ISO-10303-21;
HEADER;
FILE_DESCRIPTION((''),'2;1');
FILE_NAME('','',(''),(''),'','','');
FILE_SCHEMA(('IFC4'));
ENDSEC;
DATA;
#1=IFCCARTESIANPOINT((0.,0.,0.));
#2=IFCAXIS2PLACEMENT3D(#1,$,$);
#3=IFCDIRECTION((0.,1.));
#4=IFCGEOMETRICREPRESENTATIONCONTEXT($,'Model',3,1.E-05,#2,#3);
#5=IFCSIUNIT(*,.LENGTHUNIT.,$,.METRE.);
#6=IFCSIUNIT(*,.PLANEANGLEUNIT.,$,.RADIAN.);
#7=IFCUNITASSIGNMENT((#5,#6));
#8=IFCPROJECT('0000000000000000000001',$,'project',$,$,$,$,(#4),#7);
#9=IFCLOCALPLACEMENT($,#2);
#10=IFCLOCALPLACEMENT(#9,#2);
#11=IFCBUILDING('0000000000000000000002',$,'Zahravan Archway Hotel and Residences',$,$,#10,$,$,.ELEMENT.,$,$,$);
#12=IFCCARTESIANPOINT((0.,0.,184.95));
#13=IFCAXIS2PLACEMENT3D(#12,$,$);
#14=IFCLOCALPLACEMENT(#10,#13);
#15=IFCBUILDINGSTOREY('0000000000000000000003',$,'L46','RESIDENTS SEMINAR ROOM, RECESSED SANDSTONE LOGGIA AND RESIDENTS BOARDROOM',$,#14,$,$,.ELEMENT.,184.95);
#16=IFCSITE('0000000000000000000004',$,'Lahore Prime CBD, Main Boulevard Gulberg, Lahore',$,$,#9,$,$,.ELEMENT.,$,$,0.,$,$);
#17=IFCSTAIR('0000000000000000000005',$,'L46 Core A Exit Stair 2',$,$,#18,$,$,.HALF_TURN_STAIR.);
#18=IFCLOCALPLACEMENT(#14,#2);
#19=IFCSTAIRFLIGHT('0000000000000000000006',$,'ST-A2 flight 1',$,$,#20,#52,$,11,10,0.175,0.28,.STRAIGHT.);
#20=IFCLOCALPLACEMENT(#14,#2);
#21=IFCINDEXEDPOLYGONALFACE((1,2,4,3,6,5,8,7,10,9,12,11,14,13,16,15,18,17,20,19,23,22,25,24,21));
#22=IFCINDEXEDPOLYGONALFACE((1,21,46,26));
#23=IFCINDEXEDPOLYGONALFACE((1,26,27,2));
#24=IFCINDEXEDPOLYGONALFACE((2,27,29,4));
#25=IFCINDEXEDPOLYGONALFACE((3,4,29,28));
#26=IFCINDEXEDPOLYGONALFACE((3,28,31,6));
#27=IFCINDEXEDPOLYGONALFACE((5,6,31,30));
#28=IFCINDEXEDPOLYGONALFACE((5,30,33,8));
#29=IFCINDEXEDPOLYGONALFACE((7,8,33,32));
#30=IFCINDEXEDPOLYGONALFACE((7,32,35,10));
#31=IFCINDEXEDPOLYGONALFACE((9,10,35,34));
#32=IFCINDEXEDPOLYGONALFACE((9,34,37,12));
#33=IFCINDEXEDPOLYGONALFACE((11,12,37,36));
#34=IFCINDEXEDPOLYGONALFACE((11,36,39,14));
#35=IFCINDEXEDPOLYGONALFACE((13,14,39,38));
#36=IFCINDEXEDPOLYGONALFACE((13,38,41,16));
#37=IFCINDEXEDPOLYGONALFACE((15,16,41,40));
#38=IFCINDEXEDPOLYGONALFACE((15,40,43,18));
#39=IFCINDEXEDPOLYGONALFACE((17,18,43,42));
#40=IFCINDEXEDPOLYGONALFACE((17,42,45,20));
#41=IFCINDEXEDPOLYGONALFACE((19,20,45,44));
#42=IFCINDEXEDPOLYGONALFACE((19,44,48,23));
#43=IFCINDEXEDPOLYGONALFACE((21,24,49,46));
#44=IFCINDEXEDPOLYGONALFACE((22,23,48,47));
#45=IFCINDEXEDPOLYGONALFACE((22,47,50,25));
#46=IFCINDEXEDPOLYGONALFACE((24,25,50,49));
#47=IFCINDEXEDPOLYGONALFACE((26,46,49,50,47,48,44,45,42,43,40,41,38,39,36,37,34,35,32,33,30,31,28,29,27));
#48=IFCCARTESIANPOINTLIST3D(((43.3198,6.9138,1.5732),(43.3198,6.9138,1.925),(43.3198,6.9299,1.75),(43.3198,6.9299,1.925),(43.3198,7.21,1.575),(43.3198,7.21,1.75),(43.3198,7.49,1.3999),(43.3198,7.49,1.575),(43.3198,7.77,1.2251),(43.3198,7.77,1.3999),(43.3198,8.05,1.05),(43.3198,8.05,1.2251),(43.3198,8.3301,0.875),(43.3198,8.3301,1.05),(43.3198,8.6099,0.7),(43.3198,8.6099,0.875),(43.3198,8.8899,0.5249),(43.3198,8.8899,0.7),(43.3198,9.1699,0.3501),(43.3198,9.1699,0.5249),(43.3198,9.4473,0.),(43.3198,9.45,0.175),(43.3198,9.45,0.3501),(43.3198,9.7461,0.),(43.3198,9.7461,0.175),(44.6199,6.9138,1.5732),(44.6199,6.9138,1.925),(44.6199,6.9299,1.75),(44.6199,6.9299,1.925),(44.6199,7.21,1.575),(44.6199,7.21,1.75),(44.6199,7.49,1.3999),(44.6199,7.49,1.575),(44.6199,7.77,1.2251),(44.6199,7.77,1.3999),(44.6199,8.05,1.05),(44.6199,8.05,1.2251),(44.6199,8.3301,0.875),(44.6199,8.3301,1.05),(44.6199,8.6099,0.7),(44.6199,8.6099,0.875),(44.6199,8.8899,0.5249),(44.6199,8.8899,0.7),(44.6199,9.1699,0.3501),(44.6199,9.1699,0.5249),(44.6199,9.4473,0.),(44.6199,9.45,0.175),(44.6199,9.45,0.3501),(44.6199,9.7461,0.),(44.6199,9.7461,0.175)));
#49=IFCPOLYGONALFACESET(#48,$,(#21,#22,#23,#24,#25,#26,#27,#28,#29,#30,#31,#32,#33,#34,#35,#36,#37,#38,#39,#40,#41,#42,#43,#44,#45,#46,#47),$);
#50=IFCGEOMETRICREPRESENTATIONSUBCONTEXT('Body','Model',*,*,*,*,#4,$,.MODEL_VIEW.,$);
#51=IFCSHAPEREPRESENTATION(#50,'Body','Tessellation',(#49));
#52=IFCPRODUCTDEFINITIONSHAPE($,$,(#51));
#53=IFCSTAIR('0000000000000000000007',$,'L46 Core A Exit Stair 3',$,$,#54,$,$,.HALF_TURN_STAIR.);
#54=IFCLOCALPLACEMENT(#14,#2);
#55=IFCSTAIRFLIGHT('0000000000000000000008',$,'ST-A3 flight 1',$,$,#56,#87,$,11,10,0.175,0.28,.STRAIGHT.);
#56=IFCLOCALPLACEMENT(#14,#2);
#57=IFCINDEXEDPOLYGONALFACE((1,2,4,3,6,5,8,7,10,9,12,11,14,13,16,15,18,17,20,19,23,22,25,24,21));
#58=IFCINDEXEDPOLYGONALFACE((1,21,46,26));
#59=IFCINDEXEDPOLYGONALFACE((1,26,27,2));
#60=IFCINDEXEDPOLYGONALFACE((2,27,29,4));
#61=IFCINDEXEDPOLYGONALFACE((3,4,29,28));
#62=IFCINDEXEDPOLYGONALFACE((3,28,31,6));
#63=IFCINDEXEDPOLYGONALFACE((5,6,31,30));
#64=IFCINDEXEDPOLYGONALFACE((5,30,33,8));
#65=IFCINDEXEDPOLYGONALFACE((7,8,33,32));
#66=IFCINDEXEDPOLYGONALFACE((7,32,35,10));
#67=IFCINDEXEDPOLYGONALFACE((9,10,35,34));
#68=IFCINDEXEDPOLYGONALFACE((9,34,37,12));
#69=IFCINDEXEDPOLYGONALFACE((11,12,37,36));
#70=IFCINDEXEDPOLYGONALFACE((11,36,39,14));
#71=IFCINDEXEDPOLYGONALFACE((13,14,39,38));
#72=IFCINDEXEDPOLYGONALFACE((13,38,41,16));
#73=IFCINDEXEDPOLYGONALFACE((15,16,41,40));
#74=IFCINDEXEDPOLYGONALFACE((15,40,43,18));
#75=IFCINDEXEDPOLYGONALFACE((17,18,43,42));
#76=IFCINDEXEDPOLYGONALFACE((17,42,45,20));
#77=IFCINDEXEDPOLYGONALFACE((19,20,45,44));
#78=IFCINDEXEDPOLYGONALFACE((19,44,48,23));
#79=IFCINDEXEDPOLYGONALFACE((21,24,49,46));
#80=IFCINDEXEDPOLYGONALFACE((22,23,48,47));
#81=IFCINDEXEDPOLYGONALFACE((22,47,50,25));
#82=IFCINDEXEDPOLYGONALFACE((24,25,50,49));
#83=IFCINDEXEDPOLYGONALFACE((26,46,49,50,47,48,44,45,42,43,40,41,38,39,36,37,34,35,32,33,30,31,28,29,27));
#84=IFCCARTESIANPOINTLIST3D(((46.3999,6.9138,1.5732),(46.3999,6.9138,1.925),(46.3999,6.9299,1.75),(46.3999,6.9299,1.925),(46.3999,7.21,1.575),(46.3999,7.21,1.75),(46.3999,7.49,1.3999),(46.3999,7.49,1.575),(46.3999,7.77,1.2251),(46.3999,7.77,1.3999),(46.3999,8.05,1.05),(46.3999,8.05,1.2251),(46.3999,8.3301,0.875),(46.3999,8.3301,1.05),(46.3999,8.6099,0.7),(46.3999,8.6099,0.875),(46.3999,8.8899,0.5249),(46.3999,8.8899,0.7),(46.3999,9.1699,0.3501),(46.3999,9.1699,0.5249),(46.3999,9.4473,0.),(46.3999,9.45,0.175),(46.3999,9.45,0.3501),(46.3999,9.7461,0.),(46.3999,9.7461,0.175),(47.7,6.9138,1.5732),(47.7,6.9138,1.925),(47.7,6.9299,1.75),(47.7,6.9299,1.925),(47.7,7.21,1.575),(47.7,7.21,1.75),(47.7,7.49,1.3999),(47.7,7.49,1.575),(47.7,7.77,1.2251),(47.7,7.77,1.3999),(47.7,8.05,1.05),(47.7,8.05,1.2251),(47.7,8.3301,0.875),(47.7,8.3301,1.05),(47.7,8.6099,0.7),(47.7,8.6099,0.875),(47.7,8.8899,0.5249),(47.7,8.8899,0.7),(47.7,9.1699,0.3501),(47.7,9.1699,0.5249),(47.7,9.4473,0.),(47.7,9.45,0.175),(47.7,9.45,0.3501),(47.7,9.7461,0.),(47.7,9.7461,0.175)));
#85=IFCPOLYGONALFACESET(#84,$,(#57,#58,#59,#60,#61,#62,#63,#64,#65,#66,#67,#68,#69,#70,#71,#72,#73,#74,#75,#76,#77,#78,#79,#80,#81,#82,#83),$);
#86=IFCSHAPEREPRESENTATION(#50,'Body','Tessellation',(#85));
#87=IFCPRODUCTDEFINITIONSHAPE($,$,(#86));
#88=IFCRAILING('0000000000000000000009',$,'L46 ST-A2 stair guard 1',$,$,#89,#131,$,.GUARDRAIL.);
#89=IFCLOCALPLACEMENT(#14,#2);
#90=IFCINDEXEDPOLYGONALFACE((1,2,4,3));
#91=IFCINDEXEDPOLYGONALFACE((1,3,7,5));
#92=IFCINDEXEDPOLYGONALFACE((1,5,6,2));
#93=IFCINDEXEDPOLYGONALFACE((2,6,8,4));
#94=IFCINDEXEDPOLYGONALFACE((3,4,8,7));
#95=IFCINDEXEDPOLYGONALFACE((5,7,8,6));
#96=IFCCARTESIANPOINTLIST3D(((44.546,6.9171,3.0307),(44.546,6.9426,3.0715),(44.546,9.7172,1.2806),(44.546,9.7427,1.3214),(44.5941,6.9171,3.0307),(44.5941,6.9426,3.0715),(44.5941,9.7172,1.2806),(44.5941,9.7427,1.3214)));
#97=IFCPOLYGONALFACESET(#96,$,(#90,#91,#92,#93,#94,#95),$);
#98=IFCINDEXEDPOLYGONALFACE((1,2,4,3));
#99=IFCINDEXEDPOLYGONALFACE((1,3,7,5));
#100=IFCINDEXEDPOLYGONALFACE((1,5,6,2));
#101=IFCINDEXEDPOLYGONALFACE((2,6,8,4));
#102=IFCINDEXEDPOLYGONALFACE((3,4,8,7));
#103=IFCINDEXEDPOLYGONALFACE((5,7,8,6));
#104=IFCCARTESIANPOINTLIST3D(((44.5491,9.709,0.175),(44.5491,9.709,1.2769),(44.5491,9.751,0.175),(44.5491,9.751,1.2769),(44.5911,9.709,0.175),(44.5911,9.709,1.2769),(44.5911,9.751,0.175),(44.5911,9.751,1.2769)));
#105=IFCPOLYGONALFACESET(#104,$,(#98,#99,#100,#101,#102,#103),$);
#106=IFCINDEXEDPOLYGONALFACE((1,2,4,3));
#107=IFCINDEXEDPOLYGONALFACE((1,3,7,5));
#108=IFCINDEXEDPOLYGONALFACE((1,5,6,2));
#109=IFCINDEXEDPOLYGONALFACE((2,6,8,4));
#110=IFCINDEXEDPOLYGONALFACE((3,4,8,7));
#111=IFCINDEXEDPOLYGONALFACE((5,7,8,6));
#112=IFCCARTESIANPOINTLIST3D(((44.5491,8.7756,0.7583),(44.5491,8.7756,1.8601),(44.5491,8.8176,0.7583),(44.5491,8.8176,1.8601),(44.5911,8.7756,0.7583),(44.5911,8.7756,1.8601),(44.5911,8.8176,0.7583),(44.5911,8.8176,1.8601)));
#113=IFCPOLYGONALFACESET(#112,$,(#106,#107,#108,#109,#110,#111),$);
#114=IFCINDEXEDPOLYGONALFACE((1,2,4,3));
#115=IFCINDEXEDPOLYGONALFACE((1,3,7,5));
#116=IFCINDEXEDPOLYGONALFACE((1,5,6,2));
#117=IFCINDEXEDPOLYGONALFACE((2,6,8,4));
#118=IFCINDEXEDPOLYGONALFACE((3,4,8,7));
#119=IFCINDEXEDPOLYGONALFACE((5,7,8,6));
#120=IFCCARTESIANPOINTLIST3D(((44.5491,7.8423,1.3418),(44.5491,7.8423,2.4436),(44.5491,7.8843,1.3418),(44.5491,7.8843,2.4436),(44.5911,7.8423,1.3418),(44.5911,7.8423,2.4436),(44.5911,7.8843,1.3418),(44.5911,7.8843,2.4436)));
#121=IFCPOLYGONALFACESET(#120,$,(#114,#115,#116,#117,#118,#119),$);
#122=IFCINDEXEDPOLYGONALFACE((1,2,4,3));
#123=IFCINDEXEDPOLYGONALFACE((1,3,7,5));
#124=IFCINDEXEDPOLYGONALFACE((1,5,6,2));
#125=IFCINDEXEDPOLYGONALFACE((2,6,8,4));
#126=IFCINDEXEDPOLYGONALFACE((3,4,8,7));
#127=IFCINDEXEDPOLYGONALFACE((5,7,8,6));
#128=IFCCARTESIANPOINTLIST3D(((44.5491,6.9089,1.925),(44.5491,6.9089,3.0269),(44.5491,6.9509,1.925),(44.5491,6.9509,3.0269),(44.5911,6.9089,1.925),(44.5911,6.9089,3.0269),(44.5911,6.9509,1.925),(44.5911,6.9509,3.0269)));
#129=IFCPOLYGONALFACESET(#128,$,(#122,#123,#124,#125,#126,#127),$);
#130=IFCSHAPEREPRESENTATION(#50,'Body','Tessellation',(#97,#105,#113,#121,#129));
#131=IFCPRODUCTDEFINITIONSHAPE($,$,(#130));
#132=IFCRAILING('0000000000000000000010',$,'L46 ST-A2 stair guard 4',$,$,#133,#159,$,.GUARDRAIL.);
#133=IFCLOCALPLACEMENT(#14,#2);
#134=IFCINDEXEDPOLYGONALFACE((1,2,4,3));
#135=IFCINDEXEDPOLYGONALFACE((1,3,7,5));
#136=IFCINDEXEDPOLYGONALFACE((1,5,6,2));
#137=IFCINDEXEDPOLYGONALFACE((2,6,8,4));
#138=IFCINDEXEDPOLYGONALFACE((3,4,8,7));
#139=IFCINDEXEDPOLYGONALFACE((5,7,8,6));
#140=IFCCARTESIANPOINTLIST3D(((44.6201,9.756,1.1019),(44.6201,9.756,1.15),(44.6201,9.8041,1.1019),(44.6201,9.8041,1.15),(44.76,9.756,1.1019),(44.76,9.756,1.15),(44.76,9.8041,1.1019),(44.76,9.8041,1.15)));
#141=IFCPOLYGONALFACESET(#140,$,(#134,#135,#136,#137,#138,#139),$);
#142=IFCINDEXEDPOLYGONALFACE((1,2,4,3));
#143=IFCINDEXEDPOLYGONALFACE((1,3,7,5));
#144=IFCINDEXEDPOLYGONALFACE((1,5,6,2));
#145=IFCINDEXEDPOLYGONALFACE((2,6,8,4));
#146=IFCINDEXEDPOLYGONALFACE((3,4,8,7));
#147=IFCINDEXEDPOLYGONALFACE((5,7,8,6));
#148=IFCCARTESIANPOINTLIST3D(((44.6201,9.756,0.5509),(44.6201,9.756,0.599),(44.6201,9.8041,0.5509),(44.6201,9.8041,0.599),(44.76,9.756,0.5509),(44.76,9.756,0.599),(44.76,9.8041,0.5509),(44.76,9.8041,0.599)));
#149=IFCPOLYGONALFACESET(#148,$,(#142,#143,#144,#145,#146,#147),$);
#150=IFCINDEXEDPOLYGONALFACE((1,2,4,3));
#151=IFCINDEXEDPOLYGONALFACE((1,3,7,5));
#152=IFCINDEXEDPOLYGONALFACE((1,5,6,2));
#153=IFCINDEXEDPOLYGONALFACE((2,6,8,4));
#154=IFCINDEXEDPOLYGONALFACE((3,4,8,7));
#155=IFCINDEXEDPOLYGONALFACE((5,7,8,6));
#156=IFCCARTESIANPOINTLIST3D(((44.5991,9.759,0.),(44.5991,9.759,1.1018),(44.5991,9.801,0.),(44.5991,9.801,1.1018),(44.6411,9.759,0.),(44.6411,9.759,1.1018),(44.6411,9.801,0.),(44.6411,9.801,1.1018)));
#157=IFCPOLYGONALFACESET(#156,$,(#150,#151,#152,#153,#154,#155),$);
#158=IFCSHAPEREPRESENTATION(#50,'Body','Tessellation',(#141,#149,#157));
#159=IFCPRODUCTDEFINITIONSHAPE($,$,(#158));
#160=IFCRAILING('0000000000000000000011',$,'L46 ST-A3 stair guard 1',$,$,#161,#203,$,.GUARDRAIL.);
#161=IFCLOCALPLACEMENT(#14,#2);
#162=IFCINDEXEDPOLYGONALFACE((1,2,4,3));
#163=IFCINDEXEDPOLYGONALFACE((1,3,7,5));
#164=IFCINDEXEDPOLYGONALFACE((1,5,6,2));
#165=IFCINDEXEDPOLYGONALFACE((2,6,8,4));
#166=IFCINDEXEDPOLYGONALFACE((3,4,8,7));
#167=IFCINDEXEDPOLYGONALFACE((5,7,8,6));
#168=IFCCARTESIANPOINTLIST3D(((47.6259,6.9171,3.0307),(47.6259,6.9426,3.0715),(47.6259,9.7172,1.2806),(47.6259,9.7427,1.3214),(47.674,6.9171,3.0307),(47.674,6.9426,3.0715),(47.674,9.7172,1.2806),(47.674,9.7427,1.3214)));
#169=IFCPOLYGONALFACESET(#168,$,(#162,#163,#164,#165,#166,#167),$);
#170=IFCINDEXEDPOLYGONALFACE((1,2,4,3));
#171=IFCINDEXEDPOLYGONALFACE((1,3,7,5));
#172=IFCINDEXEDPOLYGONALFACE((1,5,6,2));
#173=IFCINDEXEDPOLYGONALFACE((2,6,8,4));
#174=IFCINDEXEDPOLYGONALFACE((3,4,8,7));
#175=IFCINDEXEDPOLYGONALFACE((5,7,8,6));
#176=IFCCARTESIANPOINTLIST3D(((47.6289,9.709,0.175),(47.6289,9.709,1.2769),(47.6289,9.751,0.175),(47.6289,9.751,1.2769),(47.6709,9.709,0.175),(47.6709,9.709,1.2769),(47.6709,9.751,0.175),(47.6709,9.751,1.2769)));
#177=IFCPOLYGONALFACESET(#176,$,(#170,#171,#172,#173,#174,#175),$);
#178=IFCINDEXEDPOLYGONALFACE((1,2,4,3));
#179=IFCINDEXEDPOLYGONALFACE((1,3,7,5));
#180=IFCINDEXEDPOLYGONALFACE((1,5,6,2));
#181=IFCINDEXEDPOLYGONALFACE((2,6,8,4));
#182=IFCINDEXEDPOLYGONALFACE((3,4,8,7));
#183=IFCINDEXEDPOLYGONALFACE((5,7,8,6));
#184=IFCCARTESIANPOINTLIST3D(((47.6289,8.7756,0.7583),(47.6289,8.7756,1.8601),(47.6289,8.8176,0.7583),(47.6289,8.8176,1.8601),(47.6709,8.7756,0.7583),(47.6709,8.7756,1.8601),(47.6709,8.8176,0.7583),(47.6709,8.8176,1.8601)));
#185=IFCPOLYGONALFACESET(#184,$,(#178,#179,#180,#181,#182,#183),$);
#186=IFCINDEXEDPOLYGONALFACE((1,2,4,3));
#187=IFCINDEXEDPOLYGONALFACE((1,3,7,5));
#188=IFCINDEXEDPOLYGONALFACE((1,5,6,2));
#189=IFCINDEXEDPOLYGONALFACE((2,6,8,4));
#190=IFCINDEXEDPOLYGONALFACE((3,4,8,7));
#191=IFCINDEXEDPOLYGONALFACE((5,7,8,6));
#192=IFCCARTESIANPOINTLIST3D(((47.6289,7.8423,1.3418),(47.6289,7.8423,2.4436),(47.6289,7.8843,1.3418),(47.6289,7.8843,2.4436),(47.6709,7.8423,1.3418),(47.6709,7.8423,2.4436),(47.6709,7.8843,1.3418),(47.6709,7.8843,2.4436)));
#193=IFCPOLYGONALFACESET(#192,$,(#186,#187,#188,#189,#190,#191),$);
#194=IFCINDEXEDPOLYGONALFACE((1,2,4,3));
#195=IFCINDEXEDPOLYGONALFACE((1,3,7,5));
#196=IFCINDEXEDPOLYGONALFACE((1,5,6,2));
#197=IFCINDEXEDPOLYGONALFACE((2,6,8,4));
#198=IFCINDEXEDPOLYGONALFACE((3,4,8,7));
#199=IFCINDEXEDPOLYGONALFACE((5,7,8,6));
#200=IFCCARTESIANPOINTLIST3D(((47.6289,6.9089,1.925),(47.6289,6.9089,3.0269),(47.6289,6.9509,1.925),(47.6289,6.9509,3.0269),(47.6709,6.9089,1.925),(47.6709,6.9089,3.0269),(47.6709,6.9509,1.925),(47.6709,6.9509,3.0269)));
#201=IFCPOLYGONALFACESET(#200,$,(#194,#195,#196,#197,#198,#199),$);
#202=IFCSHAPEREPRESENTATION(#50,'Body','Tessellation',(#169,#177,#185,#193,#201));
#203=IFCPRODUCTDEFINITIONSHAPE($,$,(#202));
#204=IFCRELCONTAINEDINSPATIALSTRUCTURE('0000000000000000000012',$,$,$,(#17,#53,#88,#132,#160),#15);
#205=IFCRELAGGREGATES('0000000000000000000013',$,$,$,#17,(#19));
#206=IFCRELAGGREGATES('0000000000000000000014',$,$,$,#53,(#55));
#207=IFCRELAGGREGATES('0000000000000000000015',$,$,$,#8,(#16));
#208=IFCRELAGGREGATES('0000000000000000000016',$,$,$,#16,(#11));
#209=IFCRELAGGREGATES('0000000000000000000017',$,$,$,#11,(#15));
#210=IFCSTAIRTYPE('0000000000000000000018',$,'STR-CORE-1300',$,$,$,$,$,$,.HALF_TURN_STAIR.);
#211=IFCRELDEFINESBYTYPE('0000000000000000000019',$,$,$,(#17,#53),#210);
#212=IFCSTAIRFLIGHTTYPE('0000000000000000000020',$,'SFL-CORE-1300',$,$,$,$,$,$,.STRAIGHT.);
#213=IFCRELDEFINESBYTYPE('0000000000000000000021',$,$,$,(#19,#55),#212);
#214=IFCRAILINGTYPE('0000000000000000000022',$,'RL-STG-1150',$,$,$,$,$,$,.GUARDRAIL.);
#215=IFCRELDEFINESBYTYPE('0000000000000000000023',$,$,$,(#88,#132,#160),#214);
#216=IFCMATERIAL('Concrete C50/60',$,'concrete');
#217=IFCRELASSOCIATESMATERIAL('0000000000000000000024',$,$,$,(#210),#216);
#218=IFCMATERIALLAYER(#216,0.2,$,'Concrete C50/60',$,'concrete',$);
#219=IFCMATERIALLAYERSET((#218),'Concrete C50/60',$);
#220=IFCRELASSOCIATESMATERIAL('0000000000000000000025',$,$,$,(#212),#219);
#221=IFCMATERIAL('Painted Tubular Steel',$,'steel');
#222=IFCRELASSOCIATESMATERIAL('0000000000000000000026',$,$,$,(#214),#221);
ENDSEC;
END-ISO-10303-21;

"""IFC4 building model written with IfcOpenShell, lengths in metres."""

from ifc_helpers import new_model, si_unit, direction, frame, origin, origin_2d, place, context, subcontext, project, spatial, polyline, rectangle, outline, extrude, source, transform, mapped, material, layer, layer_set, type_object, element, aggregate, save


model = new_model("IFC4")

# Units and contexts
model_context = context("Model", 3, precision=1e-05, world=origin(), true_north=direction((0.0, 1.0)))
body_context = subcontext(model_context, "Body", "Model", "MODEL_VIEW")
ifc_project = project(units=[si_unit("LENGTHUNIT", "METRE"), si_unit("PLANEANGLEUNIT", "RADIAN")], contexts=[model_context])

# Site, building, storey
site_placement = place(None, origin())
site = spatial("IfcSite", under=ifc_project, at=site_placement, Name="Lahore Prime CBD, Main Boulevard Gulberg, Lahore", CompositionType="ELEMENT", RefElevation=0.0)
building_placement = place(site_placement, origin())
building = spatial("IfcBuilding", under=site, at=building_placement, Name="Zahravan Archway Hotel and Residences", CompositionType="ELEMENT")
storey_placement = place(building_placement, frame((0.0, 0.0, 184.95)))
storey = spatial("IfcBuildingStorey", under=building, at=storey_placement, Name="L46", Description="RESIDENTS SEMINAR ROOM, RECESSED SANDSTONE LOGGIA AND RESIDENTS BOARDROOM", CompositionType="ELEMENT", Elevation=184.95)

# Shared definitions
ifc_material_1 = material(Name="Concrete C50/60", Category="concrete")

# Stairs, stair flights
stair_type = type_object("IfcStairType", Name="STR-CORE-1300", PredefinedType="HALF_TURN_STAIR", material=ifc_material_1)
stair_1_placement = place(storey_placement, origin())
stair_1 = element("IfcStair", 1, at=stair_1_placement, inside=storey, type_object=stair_type, Name="L46 Core A Exit Stair 2", PredefinedType="HALF_TURN_STAIR")
ifc_layer_1 = layer(ifc_material_1, 0.2, Name="Concrete C50/60", Category="concrete")
ifc_layer_set_1 = layer_set([ifc_layer_1], Name="Concrete C50/60")
stair_flight_type = type_object("IfcStairFlightType", Name="SFL-CORE-1300", PredefinedType="STRAIGHT", material=ifc_layer_set_1)
shared_shape_1 = source(origin(), body_context, "Body", "SweptSolid", [
    extrude(outline(polyline([(-0.0161, 0.0), (-0.0161, 0.175), (0.28, 0.175), (0.28, 0.3501), (0.5601, 0.3501), (0.5601, 0.5249), (0.8401, 0.5249), (0.8401, 0.7), (1.1201, 0.7), (1.1201, 0.875), (1.3999, 0.875), (1.3999, 1.05), (1.6799, 1.05), (1.6799, 1.2251), (1.96, 1.2251), (1.96, 1.3999), (2.24, 1.3999), (2.24, 1.575), (2.52, 1.575), (2.52, 1.75), (2.8, 1.75), (2.8, 1.925), (2.8162, 1.925), (2.8162, 1.5732), (0.2827, 0.0), (-0.0161, 0.0)])), frame((0.0, 0.6499, 0.0), z_axis=(0.0, -1.0, 0.0), x_axis=(1.0, 0.0, 0.0)), (0.0, 0.0, 1.0), 1.3),
])
stair_flight_1_placement = place(storey_placement, frame((43.97, 9.73, 0.0), z_axis=(0.0, 0.0, 1.0), x_axis=(0.0, -1.0, 0.0)))
stair_flight_1 = element("IfcStairFlight", 2, at=stair_flight_1_placement, type_object=stair_flight_type, Name="ST-A2 flight 1", NumberOfRisers=11, NumberOfTreads=10, PredefinedType="STRAIGHT", RiserHeight=0.175, TreadLength=0.28, context=body_context, shape_type="MappedRepresentation", body=[
    mapped(shared_shape_1, transform((0.0, 0.0, 0.0), scale=1.0)),
])
aggregate(stair_1, [stair_flight_1])
stair_2_placement = place(storey_placement, origin())
stair_2 = element("IfcStair", 3, at=stair_2_placement, inside=storey, type_object=stair_type, Name="L46 Core A Exit Stair 3", PredefinedType="HALF_TURN_STAIR")
stair_flight_2_placement = place(storey_placement, frame((47.05, 9.73, 0.0), z_axis=(0.0, 0.0, 1.0), x_axis=(0.0, -1.0, 0.0)))
stair_flight_2 = element("IfcStairFlight", 4, at=stair_flight_2_placement, type_object=stair_flight_type, Name="ST-A3 flight 1", NumberOfRisers=11, NumberOfTreads=10, PredefinedType="STRAIGHT", RiserHeight=0.175, TreadLength=0.28, context=body_context, shape_type="MappedRepresentation", body=[
    mapped(shared_shape_1, transform((0.0, 0.0, 0.0), scale=1.0)),
])
aggregate(stair_2, [stair_flight_2])

# Railings
ifc_material_2 = material(Name="Painted Tubular Steel", Category="steel")
railing_type_1 = type_object("IfcRailingType", Name="RL-STG-1150", PredefinedType="GUARDRAIL", material=ifc_material_2)
railing_1_placement = place(storey_placement, frame((44.5701, 9.73, 0.175)))
element("IfcRailing", 5, at=railing_1_placement, inside=storey, type_object=railing_type_1, Name="L46 ST-A2 stair guard 1", PredefinedType="GUARDRAIL", context=body_context, shape_type="SweptSolid", body=[
    extrude(rectangle(XDim=0.0481, YDim=0.0481, at=origin_2d()), frame((0.0, 0.0, 1.126), z_axis=(0.0, -0.848002, 0.529992), x_axis=(1.0, 0.0, 0.0)), (0.0, 0.0, 1.0), 3.302),
    extrude(rectangle(XDim=0.042, YDim=0.042, at=origin_2d()), origin(), (0.0, 0.0, 1.0), 1.1018),
    extrude(rectangle(XDim=0.042, YDim=0.042, at=origin_2d()), frame((0.0, -0.9333, 0.5833)), (0.0, 0.0, 1.0), 1.1018),
    extrude(rectangle(XDim=0.042, YDim=0.042, at=origin_2d()), frame((0.0, -1.8667, 1.1667)), (0.0, 0.0, 1.0), 1.1018),
    extrude(rectangle(XDim=0.042, YDim=0.042, at=origin_2d()), frame((0.0, -2.8, 1.75)), (0.0, 0.0, 1.0), 1.1018),
])
railing_2_placement = place(storey_placement, frame((44.6201, 9.78, 0.0)))
element("IfcRailing", 6, at=railing_2_placement, inside=storey, type_object=railing_type_1, Name="L46 ST-A2 stair guard 4", PredefinedType="GUARDRAIL", context=body_context, shape_type="SweptSolid", body=[
    extrude(rectangle(XDim=0.0481, YDim=0.0481, at=origin_2d()), frame((0.0, 0.0, 1.126), z_axis=(1.0, 0.0, 0.0), x_axis=(0.0, 1.0, 0.0)), (0.0, 0.0, 1.0), 0.1399),
    extrude(rectangle(XDim=0.0481, YDim=0.0481, at=origin_2d()), frame((0.0, 0.0, 0.575), z_axis=(1.0, 0.0, 0.0), x_axis=(0.0, 1.0, 0.0)), (0.0, 0.0, 1.0), 0.1399),
    extrude(rectangle(XDim=0.042, YDim=0.042, at=origin_2d()), origin(), (0.0, 0.0, 1.0), 1.1018),
])
railing_3_placement = place(storey_placement, frame((47.6499, 9.73, 0.175)))
element("IfcRailing", 7, at=railing_3_placement, inside=storey, type_object=railing_type_1, Name="L46 ST-A3 stair guard 1", PredefinedType="GUARDRAIL", context=body_context, shape_type="SweptSolid", body=[
    extrude(rectangle(XDim=0.0481, YDim=0.0481, at=origin_2d()), frame((0.0, 0.0, 1.126), z_axis=(0.0, -0.848002, 0.529992), x_axis=(1.0, 0.0, 0.0)), (0.0, 0.0, 1.0), 3.302),
    extrude(rectangle(XDim=0.042, YDim=0.042, at=origin_2d()), origin(), (0.0, 0.0, 1.0), 1.1018),
    extrude(rectangle(XDim=0.042, YDim=0.042, at=origin_2d()), frame((0.0, -0.9333, 0.5833)), (0.0, 0.0, 1.0), 1.1018),
    extrude(rectangle(XDim=0.042, YDim=0.042, at=origin_2d()), frame((0.0, -1.8667, 1.1667)), (0.0, 0.0, 1.0), 1.1018),
    extrude(rectangle(XDim=0.042, YDim=0.042, at=origin_2d()), frame((0.0, -2.8, 1.75)), (0.0, 0.0, 1.0), 1.1018),
])

save(model, "model.ifc")
